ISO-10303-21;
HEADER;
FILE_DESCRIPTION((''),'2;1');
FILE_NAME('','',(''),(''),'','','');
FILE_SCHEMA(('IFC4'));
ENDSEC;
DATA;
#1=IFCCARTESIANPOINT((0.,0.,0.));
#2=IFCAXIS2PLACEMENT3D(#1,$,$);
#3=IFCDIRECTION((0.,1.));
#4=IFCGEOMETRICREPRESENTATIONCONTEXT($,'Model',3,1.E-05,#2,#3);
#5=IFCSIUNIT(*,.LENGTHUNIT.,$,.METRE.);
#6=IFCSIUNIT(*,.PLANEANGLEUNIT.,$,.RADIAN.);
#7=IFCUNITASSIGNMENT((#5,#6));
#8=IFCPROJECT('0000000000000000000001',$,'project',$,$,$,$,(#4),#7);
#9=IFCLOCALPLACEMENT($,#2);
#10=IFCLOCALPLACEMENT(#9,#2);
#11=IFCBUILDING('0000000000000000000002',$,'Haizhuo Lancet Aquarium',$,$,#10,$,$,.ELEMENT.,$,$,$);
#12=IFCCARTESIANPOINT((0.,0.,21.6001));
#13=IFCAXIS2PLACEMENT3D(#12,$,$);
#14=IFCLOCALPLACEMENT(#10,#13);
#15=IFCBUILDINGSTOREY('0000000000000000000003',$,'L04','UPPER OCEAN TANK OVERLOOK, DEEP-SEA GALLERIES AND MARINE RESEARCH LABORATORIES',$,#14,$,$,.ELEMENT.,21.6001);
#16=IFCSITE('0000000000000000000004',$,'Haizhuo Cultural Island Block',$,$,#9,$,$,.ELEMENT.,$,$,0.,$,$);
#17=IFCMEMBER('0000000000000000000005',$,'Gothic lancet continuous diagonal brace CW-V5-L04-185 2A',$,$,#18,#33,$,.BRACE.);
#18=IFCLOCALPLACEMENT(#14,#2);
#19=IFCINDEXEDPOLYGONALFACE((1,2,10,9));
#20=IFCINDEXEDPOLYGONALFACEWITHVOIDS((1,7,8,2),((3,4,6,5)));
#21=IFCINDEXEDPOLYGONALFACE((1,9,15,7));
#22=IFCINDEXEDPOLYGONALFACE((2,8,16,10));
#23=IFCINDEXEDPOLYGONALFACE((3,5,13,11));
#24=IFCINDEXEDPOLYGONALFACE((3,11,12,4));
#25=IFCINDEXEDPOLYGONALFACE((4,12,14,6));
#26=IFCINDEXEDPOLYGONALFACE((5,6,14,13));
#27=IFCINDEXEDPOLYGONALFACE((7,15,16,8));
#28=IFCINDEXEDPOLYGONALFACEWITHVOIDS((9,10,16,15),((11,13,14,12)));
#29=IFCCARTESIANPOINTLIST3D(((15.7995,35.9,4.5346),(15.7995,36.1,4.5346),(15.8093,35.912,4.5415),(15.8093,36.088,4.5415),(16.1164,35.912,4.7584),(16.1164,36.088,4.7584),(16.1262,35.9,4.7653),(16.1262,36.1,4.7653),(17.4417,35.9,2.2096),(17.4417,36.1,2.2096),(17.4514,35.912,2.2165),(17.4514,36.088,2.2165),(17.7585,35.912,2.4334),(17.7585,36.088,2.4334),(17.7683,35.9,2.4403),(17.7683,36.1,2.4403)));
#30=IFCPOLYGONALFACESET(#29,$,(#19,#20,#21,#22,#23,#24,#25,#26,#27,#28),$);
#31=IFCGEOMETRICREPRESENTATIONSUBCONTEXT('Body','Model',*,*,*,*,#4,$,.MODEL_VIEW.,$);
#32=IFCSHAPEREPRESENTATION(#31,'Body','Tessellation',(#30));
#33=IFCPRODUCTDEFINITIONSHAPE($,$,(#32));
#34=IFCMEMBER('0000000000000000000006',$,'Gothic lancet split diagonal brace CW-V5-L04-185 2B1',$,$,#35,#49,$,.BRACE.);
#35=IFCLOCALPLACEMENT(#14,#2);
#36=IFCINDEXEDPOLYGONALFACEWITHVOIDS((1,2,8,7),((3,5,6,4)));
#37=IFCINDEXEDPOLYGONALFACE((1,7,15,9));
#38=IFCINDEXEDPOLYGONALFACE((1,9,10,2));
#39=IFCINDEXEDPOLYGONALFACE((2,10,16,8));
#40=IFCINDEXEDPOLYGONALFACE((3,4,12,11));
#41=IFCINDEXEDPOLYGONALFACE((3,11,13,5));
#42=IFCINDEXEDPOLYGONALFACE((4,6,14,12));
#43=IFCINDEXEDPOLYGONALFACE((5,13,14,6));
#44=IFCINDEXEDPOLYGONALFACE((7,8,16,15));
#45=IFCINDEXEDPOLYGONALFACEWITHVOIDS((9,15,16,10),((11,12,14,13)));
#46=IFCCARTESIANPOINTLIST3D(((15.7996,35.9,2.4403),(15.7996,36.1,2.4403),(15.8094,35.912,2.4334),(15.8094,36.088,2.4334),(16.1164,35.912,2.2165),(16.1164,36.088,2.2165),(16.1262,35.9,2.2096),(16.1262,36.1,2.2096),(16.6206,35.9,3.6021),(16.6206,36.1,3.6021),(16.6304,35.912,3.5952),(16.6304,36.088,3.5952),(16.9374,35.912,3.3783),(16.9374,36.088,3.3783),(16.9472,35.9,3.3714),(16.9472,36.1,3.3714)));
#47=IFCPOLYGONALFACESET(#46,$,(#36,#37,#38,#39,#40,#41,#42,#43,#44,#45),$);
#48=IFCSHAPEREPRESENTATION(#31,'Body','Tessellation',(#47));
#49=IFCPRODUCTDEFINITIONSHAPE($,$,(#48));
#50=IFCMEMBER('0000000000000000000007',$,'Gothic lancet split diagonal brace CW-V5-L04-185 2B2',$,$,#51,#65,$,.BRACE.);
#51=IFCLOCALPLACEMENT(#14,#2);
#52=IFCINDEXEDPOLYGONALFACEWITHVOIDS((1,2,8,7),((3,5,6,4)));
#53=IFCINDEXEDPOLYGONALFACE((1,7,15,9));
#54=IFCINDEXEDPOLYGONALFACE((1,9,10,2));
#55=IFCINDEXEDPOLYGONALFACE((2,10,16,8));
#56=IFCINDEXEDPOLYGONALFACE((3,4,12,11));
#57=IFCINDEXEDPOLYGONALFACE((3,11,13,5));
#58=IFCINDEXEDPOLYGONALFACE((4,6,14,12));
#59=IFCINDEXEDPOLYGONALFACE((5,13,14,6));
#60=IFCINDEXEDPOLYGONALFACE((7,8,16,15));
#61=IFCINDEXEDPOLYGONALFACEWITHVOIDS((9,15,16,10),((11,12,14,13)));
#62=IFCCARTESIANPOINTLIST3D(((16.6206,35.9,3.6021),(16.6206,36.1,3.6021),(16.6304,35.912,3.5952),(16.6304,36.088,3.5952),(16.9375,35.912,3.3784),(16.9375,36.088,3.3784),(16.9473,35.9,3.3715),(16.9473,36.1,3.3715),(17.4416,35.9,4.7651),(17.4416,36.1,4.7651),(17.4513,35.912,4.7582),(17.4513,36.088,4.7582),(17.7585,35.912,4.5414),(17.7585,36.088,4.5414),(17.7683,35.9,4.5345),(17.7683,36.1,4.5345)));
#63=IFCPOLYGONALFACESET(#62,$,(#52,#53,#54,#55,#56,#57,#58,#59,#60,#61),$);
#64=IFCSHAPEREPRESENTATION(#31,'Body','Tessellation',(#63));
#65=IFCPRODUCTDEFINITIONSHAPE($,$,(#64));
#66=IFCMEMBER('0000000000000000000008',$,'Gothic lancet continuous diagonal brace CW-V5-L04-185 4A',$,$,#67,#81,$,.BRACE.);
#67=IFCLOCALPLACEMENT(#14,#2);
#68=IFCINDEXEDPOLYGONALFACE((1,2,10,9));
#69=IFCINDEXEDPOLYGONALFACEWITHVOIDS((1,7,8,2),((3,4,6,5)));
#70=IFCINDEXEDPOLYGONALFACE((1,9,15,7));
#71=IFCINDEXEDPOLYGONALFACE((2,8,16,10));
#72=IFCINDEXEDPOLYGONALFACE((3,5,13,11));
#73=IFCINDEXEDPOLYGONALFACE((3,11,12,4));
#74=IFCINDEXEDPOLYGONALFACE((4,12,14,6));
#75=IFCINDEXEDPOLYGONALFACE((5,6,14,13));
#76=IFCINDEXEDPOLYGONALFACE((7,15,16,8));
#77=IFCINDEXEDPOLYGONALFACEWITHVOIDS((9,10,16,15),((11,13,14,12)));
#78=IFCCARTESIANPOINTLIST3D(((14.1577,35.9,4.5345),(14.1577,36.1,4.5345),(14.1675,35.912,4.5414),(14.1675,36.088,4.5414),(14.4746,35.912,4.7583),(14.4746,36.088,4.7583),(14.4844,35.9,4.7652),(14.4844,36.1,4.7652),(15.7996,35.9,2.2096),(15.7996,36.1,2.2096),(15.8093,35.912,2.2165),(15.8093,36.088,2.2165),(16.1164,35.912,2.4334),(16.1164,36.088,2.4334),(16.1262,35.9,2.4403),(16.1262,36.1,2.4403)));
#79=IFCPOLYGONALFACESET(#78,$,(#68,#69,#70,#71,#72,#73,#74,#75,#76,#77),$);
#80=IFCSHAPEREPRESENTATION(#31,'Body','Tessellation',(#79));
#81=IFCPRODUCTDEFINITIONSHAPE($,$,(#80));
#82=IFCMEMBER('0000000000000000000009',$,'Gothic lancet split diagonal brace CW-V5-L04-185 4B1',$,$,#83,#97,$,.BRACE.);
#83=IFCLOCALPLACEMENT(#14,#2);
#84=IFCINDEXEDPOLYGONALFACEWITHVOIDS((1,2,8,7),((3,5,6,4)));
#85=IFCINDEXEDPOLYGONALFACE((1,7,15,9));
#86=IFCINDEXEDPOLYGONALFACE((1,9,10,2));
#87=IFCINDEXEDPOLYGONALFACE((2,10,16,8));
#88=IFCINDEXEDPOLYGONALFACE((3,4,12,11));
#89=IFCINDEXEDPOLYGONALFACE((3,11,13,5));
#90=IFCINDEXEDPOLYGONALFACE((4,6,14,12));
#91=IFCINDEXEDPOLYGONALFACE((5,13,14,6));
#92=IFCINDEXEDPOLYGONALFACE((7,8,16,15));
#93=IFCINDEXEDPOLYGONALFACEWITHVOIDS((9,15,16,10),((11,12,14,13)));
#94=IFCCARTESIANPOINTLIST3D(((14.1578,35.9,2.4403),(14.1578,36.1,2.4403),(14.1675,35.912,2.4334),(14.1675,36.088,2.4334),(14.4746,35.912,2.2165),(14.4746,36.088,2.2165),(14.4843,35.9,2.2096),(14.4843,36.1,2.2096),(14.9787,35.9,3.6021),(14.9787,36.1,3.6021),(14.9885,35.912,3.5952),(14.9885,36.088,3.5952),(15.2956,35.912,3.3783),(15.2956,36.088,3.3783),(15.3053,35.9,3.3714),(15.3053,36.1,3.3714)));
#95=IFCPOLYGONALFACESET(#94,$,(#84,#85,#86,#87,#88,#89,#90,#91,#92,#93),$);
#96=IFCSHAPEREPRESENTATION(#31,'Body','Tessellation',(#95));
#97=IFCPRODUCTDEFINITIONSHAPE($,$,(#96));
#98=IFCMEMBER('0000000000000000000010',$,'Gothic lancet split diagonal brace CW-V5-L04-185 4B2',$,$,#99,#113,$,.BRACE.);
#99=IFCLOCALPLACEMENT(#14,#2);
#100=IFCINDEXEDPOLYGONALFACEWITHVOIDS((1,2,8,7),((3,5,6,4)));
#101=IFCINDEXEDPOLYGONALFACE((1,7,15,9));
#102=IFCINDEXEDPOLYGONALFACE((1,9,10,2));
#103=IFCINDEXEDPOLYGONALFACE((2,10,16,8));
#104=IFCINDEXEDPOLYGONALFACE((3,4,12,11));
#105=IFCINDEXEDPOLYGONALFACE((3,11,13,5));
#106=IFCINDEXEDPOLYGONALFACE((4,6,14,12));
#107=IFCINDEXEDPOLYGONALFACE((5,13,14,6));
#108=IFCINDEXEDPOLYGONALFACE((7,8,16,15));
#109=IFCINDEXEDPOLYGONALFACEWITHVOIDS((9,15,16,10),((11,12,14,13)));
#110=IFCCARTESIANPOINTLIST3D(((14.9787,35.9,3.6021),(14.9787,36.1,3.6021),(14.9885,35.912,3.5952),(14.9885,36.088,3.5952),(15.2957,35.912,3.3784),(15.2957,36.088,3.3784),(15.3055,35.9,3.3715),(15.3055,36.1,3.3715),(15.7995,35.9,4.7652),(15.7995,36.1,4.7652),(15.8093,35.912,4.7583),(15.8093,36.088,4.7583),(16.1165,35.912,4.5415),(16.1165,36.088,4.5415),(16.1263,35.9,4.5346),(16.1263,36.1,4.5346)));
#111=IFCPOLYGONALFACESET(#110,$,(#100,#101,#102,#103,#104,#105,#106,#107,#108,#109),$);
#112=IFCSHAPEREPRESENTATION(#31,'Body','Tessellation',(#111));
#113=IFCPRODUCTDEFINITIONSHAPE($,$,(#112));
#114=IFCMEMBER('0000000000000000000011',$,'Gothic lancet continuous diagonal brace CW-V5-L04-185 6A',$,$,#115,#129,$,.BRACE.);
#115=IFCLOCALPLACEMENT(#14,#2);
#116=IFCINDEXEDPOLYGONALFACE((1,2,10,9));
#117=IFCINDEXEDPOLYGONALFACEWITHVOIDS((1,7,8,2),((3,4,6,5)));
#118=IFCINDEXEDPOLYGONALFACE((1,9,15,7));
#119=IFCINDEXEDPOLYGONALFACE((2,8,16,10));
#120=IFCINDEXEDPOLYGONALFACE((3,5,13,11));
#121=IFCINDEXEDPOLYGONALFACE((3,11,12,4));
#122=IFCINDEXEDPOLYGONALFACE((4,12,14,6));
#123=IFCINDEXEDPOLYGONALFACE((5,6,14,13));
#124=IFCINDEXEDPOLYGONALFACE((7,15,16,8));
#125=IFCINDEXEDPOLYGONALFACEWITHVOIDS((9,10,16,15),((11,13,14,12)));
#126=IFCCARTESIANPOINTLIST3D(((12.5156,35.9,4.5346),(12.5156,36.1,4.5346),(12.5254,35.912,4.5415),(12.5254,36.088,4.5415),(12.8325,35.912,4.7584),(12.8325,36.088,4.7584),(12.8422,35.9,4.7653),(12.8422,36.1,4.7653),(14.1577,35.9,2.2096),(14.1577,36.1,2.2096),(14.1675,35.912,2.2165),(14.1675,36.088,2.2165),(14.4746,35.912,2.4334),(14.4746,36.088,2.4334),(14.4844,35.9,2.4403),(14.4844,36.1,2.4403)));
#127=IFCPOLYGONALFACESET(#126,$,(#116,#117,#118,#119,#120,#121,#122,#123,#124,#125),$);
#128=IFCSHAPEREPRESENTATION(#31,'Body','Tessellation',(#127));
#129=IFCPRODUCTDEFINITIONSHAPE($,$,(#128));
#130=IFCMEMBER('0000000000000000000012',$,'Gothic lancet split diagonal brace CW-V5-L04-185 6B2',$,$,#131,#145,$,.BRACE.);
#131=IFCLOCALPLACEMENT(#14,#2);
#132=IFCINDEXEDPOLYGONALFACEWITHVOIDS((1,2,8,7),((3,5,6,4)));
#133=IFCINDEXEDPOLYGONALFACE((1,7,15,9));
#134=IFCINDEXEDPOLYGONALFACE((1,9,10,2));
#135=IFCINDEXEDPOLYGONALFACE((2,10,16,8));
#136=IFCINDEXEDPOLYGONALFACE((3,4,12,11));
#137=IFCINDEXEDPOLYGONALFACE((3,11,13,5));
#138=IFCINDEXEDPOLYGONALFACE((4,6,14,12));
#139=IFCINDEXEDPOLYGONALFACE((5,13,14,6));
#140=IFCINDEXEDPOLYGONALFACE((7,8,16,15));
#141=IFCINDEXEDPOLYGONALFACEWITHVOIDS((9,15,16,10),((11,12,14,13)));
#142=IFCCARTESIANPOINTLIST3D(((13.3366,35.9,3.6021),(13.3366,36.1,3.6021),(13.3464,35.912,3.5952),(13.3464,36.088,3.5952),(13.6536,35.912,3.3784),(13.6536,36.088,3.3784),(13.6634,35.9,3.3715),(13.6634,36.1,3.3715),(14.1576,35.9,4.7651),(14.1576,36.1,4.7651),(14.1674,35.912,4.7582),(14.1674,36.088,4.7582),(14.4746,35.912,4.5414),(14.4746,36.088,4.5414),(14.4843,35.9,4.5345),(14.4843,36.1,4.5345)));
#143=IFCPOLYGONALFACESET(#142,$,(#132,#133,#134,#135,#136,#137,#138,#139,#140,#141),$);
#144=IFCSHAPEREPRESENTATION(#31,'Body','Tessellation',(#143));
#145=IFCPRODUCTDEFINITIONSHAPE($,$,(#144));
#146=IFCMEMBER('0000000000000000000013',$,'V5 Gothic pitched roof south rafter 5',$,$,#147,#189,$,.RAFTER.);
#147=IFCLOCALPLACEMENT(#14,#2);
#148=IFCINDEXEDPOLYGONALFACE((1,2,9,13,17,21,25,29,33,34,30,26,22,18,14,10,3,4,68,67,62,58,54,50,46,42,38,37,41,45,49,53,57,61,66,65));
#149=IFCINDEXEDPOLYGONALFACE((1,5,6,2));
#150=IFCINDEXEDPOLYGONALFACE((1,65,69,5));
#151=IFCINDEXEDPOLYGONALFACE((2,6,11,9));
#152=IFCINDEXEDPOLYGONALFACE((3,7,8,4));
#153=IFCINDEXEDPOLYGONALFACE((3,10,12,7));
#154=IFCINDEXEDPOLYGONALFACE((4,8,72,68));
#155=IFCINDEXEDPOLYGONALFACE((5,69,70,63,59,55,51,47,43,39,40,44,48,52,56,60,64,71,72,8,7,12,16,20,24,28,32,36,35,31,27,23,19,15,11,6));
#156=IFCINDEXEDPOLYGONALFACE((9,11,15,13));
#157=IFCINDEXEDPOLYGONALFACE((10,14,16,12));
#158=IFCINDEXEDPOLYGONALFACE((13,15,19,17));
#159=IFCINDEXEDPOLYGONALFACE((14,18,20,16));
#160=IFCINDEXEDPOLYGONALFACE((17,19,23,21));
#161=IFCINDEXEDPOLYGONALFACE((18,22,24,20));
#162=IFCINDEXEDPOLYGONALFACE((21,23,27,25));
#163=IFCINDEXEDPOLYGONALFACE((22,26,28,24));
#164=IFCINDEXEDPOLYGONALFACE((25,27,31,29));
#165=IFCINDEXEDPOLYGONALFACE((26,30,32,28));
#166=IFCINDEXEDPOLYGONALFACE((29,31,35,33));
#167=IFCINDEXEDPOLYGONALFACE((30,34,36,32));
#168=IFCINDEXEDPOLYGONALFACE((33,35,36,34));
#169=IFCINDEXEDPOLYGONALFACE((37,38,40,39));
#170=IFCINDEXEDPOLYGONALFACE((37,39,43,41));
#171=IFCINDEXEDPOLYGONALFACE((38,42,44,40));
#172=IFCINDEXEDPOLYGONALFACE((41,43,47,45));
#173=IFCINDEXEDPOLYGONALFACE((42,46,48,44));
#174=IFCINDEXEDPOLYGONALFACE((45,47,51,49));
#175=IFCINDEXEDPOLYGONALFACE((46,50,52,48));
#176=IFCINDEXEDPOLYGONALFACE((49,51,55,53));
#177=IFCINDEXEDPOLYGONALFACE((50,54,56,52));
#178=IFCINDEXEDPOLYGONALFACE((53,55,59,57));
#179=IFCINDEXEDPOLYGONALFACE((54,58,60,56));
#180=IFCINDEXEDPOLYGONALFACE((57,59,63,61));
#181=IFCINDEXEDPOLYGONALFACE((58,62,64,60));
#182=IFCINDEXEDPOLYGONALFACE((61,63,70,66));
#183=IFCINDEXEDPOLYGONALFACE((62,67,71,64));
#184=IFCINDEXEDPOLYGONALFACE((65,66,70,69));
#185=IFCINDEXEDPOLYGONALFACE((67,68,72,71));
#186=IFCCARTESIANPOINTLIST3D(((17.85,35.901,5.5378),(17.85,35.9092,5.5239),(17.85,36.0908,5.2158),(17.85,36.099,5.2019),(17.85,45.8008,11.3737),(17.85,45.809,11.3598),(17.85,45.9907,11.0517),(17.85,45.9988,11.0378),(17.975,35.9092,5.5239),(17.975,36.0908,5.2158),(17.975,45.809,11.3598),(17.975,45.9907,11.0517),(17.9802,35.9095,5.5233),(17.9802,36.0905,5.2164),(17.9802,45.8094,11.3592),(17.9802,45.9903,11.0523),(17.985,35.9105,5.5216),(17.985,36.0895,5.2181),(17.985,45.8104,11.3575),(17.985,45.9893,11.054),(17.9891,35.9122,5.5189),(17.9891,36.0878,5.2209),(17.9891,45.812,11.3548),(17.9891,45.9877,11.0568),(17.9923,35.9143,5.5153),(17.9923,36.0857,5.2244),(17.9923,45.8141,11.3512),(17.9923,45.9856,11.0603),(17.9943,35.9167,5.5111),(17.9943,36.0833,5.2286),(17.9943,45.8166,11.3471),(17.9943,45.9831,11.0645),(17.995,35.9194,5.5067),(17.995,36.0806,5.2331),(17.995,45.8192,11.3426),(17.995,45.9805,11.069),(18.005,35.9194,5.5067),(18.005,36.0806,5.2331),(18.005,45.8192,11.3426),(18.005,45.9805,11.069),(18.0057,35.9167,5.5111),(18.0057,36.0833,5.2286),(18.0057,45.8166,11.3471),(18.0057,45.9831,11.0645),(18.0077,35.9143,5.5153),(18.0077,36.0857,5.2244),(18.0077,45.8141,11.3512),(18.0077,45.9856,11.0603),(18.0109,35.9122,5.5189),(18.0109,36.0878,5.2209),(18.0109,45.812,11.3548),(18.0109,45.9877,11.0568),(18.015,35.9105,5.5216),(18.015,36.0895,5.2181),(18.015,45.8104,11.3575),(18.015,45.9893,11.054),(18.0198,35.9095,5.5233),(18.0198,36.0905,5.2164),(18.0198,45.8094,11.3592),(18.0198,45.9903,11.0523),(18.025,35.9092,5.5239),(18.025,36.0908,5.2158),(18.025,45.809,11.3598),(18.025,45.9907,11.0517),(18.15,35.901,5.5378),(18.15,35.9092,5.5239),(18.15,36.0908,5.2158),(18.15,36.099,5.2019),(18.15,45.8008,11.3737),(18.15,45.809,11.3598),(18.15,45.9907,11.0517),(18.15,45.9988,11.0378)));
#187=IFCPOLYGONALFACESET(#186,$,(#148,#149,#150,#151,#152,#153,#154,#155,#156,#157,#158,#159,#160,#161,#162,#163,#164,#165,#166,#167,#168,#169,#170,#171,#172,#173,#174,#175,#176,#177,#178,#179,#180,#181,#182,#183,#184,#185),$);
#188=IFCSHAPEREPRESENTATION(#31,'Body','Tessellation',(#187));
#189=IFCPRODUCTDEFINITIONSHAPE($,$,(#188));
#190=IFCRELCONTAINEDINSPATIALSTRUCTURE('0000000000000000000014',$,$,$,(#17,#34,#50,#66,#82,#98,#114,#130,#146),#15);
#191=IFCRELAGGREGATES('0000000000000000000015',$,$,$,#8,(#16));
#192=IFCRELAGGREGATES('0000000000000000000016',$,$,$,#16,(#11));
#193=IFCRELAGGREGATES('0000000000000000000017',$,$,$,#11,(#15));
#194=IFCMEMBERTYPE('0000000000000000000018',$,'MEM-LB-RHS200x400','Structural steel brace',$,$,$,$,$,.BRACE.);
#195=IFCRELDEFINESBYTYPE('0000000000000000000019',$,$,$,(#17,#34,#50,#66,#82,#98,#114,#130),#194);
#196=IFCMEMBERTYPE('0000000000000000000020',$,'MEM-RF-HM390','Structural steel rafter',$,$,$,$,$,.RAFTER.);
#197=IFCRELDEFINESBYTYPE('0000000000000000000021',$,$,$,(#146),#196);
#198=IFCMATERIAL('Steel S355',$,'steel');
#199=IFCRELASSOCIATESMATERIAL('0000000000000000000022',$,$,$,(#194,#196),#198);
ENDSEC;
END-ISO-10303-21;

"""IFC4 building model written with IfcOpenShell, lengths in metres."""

from ifc_helpers import new_model, si_unit, direction, frame, origin, origin_2d, place, context, subcontext, project, spatial, hollow_rectangle, i_section, extrude, material, material_profile, profile_set, type_object, element, save


model = new_model("IFC4")

# Units and contexts
model_context = context("Model", 3, precision=1e-05, world=origin(), true_north=direction((0.0, 1.0)))
body_context = subcontext(model_context, "Body", "Model", "MODEL_VIEW")
ifc_project = project(units=[si_unit("LENGTHUNIT", "METRE"), si_unit("PLANEANGLEUNIT", "RADIAN")], contexts=[model_context])

# Site, building, storey
site_placement = place(None, origin())
site = spatial("IfcSite", under=ifc_project, at=site_placement, Name="Haizhuo Cultural Island Block", CompositionType="ELEMENT", RefElevation=0.0)
building_placement = place(site_placement, origin())
building = spatial("IfcBuilding", under=site, at=building_placement, Name="Haizhuo Lancet Aquarium", CompositionType="ELEMENT")
storey_placement = place(building_placement, frame((0.0, 0.0, 21.6001)))
storey = spatial("IfcBuildingStorey", under=building, at=storey_placement, Name="L04", Description="UPPER OCEAN TANK OVERLOOK, DEEP-SEA GALLERIES AND MARINE RESEARCH LABORATORIES", CompositionType="ELEMENT", Elevation=21.6001)

# Members
ifc_material_1 = material(Name="Steel S355", Category="steel")
ifc_material_profile_1 = material_profile(ifc_material_1, hollow_rectangle(XDim=0.2, YDim=0.3999, WallThickness=0.012, at=origin_2d()), Name="RHS 200x400x12")
ifc_profile_set_1 = profile_set([ifc_material_profile_1], Name="Steel S355")
member_type_1 = type_object("IfcMemberType", Name="MEM-LB-RHS200x400", Description="Structural steel brace", PredefinedType="BRACE", material=ifc_profile_set_1)
member_1_placement = place(storey_placement, frame((17.605, 36.0, 2.325), z_axis=(-0.576905, 0.0, 0.816811), x_axis=(0.0, -1.0, 0.0)))
element("IfcMember", 1, at=member_1_placement, inside=storey, type_object=member_type_1, Name="Gothic lancet continuous diagonal brace CW-V5-L04-185 2A", PredefinedType="BRACE", context=body_context, shape_type="SweptSolid", body=[
    extrude(hollow_rectangle(XDim=0.2, YDim=0.3999, WallThickness=0.012, at=origin_2d()), origin(), (0.0, 0.0, 1.0), 2.8464),
])
member_2_placement = place(storey_placement, frame((15.9629, 36.0, 2.325), z_axis=(0.577108, 0.0, 0.816668), x_axis=(0.0, 1.0, 0.0)))
element("IfcMember", 2, at=member_2_placement, inside=storey, type_object=member_type_1, Name="Gothic lancet split diagonal brace CW-V5-L04-185 2B1", PredefinedType="BRACE", context=body_context, shape_type="SweptSolid", body=[
    extrude(hollow_rectangle(XDim=0.2, YDim=0.3999, WallThickness=0.012, at=origin_2d()), origin(), (0.0, 0.0, 1.0), 1.4226),
])
member_3_placement = place(storey_placement, frame((16.7839, 36.0, 3.4868), z_axis=(0.576703, 0.0, 0.816954), x_axis=(0.0, 1.0, 0.0)))
element("IfcMember", 3, at=member_3_placement, inside=storey, type_object=member_type_1, Name="Gothic lancet split diagonal brace CW-V5-L04-185 2B2", PredefinedType="BRACE", context=body_context, shape_type="SweptSolid", body=[
    extrude(hollow_rectangle(XDim=0.2, YDim=0.3999, WallThickness=0.012, at=origin_2d()), origin(), (0.0, 0.0, 1.0), 1.4236),
])
member_4_placement = place(storey_placement, frame((15.9629, 36.0, 2.325), z_axis=(-0.576848, 0.0, 0.816851), x_axis=(0.0, -1.0, 0.0)))
element("IfcMember", 4, at=member_4_placement, inside=storey, type_object=member_type_1, Name="Gothic lancet continuous diagonal brace CW-V5-L04-185 4A", PredefinedType="BRACE", context=body_context, shape_type="SweptSolid", body=[
    extrude(hollow_rectangle(XDim=0.2, YDim=0.3999, WallThickness=0.012, at=origin_2d()), origin(), (0.0, 0.0, 1.0), 2.8462),
])
member_5_placement = place(storey_placement, frame((14.321, 36.0, 2.325), z_axis=(0.577108, 0.0, 0.816668), x_axis=(0.0, 1.0, 0.0)))
element("IfcMember", 5, at=member_5_placement, inside=storey, type_object=member_type_1, Name="Gothic lancet split diagonal brace CW-V5-L04-185 4B1", PredefinedType="BRACE", context=body_context, shape_type="SweptSolid", body=[
    extrude(hollow_rectangle(XDim=0.2, YDim=0.3999, WallThickness=0.012, at=origin_2d()), origin(), (0.0, 0.0, 1.0), 1.4226),
])
member_6_placement = place(storey_placement, frame((15.1421, 36.0, 3.4868), z_axis=(0.576589, 0.0, 0.817034), x_axis=(0.0, 1.0, 0.0)))
element("IfcMember", 6, at=member_6_placement, inside=storey, type_object=member_type_1, Name="Gothic lancet split diagonal brace CW-V5-L04-185 4B2", PredefinedType="BRACE", context=body_context, shape_type="SweptSolid", body=[
    extrude(hollow_rectangle(XDim=0.2, YDim=0.3999, WallThickness=0.012, at=origin_2d()), origin(), (0.0, 0.0, 1.0), 1.4236),
])
member_7_placement = place(storey_placement, frame((14.321, 36.0, 2.325), z_axis=(-0.576905, 0.0, 0.816811), x_axis=(0.0, -1.0, 0.0)))
element("IfcMember", 7, at=member_7_placement, inside=storey, type_object=member_type_1, Name="Gothic lancet continuous diagonal brace CW-V5-L04-185 6A", PredefinedType="BRACE", context=body_context, shape_type="SweptSolid", body=[
    extrude(hollow_rectangle(XDim=0.2, YDim=0.3999, WallThickness=0.012, at=origin_2d()), origin(), (0.0, 0.0, 1.0), 2.8464),
])
member_8_placement = place(storey_placement, frame((13.5, 36.0, 3.4868), z_axis=(0.576703, 0.0, 0.816954), x_axis=(0.0, 1.0, 0.0)))
element("IfcMember", 8, at=member_8_placement, inside=storey, type_object=member_type_1, Name="Gothic lancet split diagonal brace CW-V5-L04-185 6B2", PredefinedType="BRACE", context=body_context, shape_type="SweptSolid", body=[
    extrude(hollow_rectangle(XDim=0.2, YDim=0.3999, WallThickness=0.012, at=origin_2d()), origin(), (0.0, 0.0, 1.0), 1.4236),
])
ifc_material_profile_2 = material_profile(ifc_material_1, i_section(OverallWidth=0.3, OverallDepth=0.3899, WebThickness=0.01, FlangeThickness=0.0161, FilletRadius=0.02, at=origin_2d()), Name="HM 390x300x10x16")
ifc_profile_set_2 = profile_set([ifc_material_profile_2], Name="Steel S355")
member_type_2 = type_object("IfcMemberType", Name="MEM-RF-HM390", Description="Structural steel rafter", PredefinedType="RAFTER", material=ifc_profile_set_2)
member_9_placement = place(storey_placement, frame((18.0, 36.0, 5.3699), z_axis=(0.0, 0.86146, 0.507826), x_axis=(-1.0, 0.0, 0.0)))
element("IfcMember", 9, at=member_9_placement, inside=storey, type_object=member_type_2, Name="V5 Gothic pitched roof south rafter 5", PredefinedType="RAFTER", context=body_context, shape_type="SweptSolid", body=[
    extrude(i_section(OverallWidth=0.3, OverallDepth=0.3899, WebThickness=0.01, FlangeThickness=0.0161, FilletRadius=0.02, at=origin_2d()), origin(), (0.0, 0.0, 1.0), 11.4919),
])

save(model, "model.ifc")
